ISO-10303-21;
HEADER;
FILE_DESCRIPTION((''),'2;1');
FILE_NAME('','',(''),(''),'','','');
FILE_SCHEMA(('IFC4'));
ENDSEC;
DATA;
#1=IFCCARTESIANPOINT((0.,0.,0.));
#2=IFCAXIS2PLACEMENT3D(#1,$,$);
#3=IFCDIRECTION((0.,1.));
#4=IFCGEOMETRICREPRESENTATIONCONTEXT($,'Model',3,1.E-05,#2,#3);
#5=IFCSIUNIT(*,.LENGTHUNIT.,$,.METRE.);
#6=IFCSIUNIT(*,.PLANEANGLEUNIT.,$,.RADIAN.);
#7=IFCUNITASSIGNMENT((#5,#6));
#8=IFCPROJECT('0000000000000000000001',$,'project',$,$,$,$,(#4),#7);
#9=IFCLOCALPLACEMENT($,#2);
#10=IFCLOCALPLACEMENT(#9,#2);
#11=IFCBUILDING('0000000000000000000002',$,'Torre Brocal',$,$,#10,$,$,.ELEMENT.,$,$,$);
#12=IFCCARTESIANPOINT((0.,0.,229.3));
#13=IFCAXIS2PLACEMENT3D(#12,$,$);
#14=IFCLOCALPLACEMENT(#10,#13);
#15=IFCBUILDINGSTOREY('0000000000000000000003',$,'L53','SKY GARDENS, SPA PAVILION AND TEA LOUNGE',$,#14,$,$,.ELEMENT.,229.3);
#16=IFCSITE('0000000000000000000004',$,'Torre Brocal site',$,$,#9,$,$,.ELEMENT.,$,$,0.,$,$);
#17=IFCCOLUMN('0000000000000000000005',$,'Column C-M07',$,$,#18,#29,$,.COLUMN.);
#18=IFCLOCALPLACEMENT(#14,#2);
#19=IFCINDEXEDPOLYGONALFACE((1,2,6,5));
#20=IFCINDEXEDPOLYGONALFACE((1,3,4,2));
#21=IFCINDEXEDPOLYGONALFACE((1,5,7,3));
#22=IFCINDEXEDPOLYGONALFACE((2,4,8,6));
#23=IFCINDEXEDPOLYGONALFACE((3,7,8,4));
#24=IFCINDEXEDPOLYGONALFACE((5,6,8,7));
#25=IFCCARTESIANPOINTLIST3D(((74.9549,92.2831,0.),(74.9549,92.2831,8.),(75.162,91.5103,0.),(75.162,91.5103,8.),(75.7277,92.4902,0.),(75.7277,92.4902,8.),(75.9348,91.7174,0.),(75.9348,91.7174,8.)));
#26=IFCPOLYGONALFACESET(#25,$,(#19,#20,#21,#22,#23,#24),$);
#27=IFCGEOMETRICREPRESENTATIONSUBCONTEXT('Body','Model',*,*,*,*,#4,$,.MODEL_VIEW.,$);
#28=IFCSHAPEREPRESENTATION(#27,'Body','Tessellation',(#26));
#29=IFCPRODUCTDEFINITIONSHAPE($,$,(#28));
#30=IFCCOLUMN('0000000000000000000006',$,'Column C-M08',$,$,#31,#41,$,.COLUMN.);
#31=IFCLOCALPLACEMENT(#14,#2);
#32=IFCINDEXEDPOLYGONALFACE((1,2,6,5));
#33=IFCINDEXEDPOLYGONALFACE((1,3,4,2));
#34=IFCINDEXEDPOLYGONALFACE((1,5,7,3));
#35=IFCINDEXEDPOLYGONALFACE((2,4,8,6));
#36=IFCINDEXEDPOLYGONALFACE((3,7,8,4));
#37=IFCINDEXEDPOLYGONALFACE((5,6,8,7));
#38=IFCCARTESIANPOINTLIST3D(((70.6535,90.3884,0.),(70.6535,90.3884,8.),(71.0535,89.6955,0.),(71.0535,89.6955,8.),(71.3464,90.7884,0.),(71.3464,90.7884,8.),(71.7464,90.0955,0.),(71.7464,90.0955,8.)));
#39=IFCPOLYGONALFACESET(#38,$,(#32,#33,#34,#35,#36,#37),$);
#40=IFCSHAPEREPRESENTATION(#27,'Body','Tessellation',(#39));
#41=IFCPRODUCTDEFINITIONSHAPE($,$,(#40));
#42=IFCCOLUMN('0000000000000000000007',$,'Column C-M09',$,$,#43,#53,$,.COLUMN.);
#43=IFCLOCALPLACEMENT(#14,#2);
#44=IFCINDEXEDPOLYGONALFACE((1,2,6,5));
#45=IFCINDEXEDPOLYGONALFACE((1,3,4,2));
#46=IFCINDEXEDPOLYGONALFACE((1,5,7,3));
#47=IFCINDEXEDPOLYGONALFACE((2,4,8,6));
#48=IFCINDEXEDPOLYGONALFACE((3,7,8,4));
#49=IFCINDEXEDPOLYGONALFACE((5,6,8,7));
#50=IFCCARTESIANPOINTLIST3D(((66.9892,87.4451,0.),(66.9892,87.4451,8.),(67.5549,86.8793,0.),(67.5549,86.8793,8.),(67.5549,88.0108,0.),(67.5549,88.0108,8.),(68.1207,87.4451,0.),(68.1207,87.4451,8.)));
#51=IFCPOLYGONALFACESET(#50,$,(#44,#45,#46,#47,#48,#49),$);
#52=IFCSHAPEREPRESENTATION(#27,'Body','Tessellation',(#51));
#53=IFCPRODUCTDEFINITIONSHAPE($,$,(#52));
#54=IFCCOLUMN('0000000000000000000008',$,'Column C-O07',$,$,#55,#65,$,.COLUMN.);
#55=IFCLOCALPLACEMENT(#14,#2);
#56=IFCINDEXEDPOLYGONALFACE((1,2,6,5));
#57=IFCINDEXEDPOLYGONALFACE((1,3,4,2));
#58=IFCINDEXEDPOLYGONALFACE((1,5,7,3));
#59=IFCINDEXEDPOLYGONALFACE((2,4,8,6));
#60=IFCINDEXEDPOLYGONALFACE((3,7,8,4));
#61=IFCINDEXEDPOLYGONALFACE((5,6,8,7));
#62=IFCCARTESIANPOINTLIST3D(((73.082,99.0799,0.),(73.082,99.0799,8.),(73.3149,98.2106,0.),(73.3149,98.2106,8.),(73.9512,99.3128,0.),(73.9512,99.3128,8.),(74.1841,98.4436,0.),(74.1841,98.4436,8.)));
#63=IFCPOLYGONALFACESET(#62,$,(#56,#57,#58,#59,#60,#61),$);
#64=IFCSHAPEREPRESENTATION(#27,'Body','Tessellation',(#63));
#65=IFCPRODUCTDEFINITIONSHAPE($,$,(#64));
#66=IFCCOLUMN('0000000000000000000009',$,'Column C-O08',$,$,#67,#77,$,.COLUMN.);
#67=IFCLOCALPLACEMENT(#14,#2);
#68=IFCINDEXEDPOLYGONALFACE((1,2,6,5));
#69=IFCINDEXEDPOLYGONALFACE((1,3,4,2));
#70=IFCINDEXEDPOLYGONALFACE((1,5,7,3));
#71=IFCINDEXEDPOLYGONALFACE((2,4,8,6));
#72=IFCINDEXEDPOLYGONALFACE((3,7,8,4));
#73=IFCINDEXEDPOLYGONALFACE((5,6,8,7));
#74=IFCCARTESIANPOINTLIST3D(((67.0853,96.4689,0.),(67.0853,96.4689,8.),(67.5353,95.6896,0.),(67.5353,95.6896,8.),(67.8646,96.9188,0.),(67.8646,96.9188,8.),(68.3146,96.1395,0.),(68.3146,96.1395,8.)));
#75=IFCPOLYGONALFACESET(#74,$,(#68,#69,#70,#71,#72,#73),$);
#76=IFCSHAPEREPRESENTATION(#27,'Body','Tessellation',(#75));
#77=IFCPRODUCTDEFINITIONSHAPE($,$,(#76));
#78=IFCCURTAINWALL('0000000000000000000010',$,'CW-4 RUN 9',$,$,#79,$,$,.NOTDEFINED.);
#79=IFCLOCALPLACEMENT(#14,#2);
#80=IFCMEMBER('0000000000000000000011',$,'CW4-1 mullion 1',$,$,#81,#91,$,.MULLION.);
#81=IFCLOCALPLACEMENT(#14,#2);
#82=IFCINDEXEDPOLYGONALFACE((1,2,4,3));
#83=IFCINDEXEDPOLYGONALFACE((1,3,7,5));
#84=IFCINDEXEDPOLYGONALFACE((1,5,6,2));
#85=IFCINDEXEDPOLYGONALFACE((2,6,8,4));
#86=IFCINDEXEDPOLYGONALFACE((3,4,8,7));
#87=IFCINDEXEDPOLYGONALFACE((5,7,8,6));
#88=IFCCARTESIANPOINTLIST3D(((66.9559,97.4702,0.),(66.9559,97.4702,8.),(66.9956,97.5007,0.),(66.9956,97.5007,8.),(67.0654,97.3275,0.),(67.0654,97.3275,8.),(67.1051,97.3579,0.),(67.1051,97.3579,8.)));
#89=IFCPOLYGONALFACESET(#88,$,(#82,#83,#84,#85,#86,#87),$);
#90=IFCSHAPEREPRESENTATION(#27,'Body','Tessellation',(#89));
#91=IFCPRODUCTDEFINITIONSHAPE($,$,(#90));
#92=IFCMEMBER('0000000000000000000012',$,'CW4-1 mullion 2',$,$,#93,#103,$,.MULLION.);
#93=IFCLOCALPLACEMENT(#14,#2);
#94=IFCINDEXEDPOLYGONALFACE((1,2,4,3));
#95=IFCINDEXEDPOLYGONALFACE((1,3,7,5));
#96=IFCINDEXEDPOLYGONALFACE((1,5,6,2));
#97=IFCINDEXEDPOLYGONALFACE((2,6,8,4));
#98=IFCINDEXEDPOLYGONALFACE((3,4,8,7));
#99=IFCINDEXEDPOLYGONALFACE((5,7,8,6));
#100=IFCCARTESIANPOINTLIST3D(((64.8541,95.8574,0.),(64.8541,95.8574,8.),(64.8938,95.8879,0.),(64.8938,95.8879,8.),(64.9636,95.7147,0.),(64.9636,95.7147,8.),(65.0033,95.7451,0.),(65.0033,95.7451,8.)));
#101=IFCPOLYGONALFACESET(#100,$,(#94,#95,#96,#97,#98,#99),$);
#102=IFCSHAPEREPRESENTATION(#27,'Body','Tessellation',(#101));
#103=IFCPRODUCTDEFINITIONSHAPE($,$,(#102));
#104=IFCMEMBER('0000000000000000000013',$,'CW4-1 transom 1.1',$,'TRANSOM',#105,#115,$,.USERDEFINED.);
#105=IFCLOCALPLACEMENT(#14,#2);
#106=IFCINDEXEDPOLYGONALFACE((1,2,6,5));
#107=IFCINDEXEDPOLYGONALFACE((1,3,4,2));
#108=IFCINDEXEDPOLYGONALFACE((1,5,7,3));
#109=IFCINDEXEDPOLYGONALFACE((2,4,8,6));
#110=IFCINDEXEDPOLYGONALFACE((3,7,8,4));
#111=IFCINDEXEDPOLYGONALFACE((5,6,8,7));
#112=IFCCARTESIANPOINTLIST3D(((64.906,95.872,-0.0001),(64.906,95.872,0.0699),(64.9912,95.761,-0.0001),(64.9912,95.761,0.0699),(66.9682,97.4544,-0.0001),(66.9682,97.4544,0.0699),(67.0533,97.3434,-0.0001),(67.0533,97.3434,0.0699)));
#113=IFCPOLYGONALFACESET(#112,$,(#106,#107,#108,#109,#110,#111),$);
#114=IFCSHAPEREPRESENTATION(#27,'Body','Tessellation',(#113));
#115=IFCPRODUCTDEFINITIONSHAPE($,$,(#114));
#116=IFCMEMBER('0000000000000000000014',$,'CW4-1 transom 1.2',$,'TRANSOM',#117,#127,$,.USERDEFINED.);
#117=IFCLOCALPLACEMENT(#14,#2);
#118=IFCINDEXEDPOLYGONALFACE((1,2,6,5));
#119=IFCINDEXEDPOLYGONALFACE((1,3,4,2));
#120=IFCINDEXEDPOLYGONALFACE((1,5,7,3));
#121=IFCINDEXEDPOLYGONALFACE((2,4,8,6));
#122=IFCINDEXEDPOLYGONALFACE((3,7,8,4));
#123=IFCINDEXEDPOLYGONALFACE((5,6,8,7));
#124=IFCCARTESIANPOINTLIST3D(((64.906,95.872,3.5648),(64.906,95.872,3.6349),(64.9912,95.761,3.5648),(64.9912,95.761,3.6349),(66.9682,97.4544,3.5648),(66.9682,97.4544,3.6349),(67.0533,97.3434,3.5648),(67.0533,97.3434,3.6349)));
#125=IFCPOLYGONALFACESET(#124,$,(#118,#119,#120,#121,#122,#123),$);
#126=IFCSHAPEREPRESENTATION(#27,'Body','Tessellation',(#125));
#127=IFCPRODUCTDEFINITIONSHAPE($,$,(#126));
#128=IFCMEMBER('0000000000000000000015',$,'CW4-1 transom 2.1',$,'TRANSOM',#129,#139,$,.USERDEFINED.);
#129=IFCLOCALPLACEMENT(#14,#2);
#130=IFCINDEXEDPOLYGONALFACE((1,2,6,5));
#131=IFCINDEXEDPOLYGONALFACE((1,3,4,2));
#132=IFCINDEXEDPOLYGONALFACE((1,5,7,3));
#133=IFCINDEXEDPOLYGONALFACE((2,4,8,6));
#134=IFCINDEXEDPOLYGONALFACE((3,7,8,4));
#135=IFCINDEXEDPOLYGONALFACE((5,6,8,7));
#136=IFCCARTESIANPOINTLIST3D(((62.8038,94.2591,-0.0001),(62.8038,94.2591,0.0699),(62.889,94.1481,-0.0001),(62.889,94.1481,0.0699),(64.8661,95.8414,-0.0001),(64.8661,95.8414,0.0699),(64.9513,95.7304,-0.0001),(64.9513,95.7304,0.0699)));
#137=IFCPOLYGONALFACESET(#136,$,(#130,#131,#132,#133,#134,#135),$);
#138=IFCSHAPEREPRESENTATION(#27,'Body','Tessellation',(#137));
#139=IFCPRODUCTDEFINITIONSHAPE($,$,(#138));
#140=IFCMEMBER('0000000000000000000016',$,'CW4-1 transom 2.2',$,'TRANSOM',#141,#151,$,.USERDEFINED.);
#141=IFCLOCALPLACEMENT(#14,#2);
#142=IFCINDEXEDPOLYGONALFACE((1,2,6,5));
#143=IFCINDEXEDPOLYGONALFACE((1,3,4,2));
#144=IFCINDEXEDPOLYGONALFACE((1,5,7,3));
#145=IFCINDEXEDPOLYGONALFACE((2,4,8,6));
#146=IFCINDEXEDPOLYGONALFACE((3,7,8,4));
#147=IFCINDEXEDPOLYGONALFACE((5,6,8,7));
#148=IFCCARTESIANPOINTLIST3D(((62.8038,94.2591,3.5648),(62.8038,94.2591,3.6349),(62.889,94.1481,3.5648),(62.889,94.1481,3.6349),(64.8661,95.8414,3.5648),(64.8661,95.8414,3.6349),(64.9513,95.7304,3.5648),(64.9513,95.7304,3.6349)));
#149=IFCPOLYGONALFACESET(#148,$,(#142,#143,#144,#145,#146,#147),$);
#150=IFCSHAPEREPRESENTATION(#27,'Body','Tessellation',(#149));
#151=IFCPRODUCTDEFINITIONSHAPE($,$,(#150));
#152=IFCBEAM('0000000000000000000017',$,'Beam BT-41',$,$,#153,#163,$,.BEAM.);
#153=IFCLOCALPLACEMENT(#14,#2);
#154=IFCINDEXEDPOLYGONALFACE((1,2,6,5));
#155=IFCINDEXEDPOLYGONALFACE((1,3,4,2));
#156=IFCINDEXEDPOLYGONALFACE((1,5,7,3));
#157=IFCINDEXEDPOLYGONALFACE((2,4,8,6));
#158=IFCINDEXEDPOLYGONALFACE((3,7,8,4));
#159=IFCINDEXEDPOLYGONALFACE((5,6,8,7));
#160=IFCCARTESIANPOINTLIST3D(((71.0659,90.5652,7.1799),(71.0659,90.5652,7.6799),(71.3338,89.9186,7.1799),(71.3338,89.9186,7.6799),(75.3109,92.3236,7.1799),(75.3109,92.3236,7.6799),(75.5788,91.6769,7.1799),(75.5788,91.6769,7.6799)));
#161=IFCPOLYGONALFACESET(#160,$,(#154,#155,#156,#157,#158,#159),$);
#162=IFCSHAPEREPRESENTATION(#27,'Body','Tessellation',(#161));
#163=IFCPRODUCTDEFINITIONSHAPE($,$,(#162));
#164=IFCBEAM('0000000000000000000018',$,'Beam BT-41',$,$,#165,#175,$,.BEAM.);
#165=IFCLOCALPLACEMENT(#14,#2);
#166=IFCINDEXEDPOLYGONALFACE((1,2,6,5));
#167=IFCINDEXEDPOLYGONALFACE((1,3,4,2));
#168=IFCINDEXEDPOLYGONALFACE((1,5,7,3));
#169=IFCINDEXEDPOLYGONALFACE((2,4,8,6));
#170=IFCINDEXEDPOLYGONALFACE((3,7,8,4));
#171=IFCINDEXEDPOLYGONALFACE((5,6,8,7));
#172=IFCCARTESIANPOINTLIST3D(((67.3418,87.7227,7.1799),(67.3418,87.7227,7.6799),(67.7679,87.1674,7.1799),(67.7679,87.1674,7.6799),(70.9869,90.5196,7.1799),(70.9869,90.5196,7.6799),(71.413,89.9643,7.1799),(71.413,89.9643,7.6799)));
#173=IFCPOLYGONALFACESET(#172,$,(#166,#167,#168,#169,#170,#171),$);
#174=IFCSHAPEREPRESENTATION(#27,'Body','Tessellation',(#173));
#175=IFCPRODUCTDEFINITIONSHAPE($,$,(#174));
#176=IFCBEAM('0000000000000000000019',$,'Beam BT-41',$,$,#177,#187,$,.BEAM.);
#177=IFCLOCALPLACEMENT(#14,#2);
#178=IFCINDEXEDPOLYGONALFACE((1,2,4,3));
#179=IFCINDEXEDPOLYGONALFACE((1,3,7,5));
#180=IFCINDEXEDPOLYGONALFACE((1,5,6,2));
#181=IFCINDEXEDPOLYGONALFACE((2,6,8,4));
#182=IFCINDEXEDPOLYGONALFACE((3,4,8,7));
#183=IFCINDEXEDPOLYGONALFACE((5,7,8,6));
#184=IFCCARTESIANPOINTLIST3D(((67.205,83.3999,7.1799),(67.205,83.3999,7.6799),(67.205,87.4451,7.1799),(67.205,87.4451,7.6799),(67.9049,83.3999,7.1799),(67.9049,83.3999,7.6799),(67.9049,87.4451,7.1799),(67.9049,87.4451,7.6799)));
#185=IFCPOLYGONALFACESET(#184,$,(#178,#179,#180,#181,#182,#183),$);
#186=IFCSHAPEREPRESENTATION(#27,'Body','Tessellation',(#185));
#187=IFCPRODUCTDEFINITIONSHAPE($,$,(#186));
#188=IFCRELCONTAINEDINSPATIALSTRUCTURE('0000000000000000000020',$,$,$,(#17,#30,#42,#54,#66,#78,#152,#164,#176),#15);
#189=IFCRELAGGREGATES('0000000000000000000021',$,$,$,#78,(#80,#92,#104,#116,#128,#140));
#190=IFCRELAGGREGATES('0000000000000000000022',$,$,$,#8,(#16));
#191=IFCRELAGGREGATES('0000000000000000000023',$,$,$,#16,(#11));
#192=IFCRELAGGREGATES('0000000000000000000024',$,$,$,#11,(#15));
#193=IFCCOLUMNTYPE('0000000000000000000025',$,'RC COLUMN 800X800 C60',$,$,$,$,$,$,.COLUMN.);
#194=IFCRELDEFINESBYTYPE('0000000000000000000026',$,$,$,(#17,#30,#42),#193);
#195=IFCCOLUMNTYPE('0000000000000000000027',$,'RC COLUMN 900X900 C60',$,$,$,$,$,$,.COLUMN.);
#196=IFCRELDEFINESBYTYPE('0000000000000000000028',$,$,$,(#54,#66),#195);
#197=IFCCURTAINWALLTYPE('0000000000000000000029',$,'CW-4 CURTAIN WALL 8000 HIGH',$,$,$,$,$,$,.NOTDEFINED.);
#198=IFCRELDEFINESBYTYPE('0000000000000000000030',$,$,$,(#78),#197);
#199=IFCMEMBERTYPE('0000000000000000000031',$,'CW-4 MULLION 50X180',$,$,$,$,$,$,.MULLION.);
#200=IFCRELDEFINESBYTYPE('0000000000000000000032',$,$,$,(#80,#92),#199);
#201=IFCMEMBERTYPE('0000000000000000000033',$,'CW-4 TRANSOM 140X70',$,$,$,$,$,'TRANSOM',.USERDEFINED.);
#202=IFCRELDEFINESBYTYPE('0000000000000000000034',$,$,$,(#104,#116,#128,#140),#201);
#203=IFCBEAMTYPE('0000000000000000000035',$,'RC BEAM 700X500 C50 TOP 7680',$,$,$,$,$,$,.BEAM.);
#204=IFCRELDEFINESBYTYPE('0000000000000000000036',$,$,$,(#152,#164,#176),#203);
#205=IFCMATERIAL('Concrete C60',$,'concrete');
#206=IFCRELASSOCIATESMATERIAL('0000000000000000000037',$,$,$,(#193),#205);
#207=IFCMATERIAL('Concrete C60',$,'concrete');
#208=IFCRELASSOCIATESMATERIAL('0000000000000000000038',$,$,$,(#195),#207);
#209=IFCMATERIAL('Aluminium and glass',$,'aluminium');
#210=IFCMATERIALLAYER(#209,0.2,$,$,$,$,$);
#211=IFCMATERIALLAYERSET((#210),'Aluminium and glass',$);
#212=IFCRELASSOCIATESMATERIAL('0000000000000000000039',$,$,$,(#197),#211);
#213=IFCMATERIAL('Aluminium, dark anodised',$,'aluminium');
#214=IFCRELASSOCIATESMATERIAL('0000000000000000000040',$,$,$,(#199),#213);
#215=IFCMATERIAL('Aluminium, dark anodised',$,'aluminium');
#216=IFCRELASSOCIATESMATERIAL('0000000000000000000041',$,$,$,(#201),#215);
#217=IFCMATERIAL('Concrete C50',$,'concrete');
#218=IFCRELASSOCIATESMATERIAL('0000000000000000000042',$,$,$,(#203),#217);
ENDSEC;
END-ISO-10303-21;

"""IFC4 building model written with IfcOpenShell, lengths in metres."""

from ifc_helpers import new_model, si_unit, direction, frame, origin, origin_2d, place, context, subcontext, project, spatial, rectangle, extrude, material, layer, layer_set, material_profile, profile_set, type_object, element, aggregate, save


model = new_model("IFC4")

# Units and contexts
model_context = context("Model", 3, precision=1e-05, world=origin(), true_north=direction((0.0, 1.0)))
body_context = subcontext(model_context, "Body", "Model", "MODEL_VIEW")
ifc_project = project(units=[si_unit("LENGTHUNIT", "METRE"), si_unit("PLANEANGLEUNIT", "RADIAN")], contexts=[model_context])

# Site, building, storey
site_placement = place(None, origin())
site = spatial("IfcSite", under=ifc_project, at=site_placement, Name="Torre Brocal site", CompositionType="ELEMENT", RefElevation=0.0)
building_placement = place(site_placement, origin())
building = spatial("IfcBuilding", under=site, at=building_placement, Name="Torre Brocal", CompositionType="ELEMENT")
storey_placement = place(building_placement, frame((0.0, 0.0, 229.3)))
storey = spatial("IfcBuildingStorey", under=building, at=storey_placement, Name="L53", Description="SKY GARDENS, SPA PAVILION AND TEA LOUNGE", CompositionType="ELEMENT", Elevation=229.3)

# Columns
ifc_material_1 = material(Name="Concrete C60", Category="concrete")
ifc_material_profile_1 = material_profile(ifc_material_1, rectangle(XDim=0.8, YDim=0.8, at=origin_2d()), Name="RC 800X800")
ifc_profile_set_1 = profile_set([ifc_material_profile_1], Name="Concrete C60")
column_type_1 = type_object("IfcColumnType", Name="RC COLUMN 800X800 C60", PredefinedType="COLUMN", material=ifc_profile_set_1)
for number, where, z_axis, x_axis, name in (
    (1, (75.4448, 92.0002, 0.0), (0.0, 0.0, 1.0), (-0.258819, 0.965926, 0.0), "Column C-M07"),
    (2, (71.2, 90.2419, 0.0), (0.0, 0.0, 1.0), (-0.5, 0.866025, 0.0), "Column C-M08"),
    (3, (67.5549, 87.4451, 0.0), (0.0, 0.0, 1.0), (-0.707107, 0.707107, 0.0), "Column C-M09"),
):
    element("IfcColumn", number, at=place(storey_placement, frame(where, z_axis=z_axis, x_axis=x_axis)), inside=storey, type_object=column_type_1, Name=name, PredefinedType="COLUMN", context=body_context, shape_type="SweptSolid", body=[
        extrude(rectangle(XDim=0.8, YDim=0.8, at=origin_2d()), origin(), (0.0, 0.0, 1.0), 8.0),
    ])
ifc_material_2 = material(Name="Concrete C60", Category="concrete")
ifc_material_profile_2 = material_profile(ifc_material_2, rectangle(XDim=0.8999, YDim=0.8999, at=origin_2d()), Name="RC 900X900")
ifc_profile_set_2 = profile_set([ifc_material_profile_2], Name="Concrete C60")
column_type_2 = type_object("IfcColumnType", Name="RC COLUMN 900X900 C60", PredefinedType="COLUMN", material=ifc_profile_set_2)
for number, where, z_axis, x_axis, name in (
    (4, (73.6331, 98.7617, 0.0), (0.0, 0.0, 1.0), (-0.258819, 0.965926, 0.0), "Column C-O07"),
    (5, (67.7, 96.3042, 0.0), (0.0, 0.0, 1.0), (-0.5, 0.866025, 0.0), "Column C-O08"),
):
    element("IfcColumn", number, at=place(storey_placement, frame(where, z_axis=z_axis, x_axis=x_axis)), inside=storey, type_object=column_type_2, Name=name, PredefinedType="COLUMN", context=body_context, shape_type="SweptSolid", body=[
        extrude(rectangle(XDim=0.8999, YDim=0.8999, at=origin_2d()), origin(), (0.0, 0.0, 1.0), 8.0),
    ])

# Curtain wall, members
ifc_material_3 = material(Name="Aluminium and glass", Category="aluminium")
ifc_layer_1 = layer(ifc_material_3, 0.2)
ifc_layer_set_1 = layer_set([ifc_layer_1], Name="Aluminium and glass")
curtain_wall_type = type_object("IfcCurtainWallType", Name="CW-4 CURTAIN WALL 8000 HIGH", PredefinedType="NOTDEFINED", material=ifc_layer_set_1)
curtain_wall_placement = place(storey_placement, origin())
curtain_wall = element("IfcCurtainWall", 6, at=curtain_wall_placement, inside=storey, type_object=curtain_wall_type, Name="CW-4 RUN 9", PredefinedType="NOTDEFINED")
ifc_material_4 = material(Name="Aluminium, dark anodised", Category="aluminium")
ifc_material_profile_3 = material_profile(ifc_material_4, rectangle(XDim=0.1799, YDim=0.05, at=origin_2d()), Name="CW-4 MULLION 50X180")
ifc_profile_set_3 = profile_set([ifc_material_profile_3], Name="Aluminium, dark anodised")
member_type_1 = type_object("IfcMemberType", Name="CW-4 MULLION 50X180", PredefinedType="MULLION", material=ifc_profile_set_3)
member_1_placement = place(storey_placement, frame((67.0305, 97.4141, 0.0), z_axis=(0.0, 0.0, 1.0), x_axis=(0.608761, -0.793353, 0.0)))
member_1 = element("IfcMember", 7, at=member_1_placement, type_object=member_type_1, Name="CW4-1 mullion 1", PredefinedType="MULLION", context=body_context, shape_type="SweptSolid", body=[
    extrude(rectangle(XDim=0.1799, YDim=0.05, at=origin_2d()), origin(), (0.0, 0.0, 1.0), 8.0),
])
member_2_placement = place(storey_placement, frame((64.9287, 95.8013, 0.0), z_axis=(0.0, 0.0, 1.0), x_axis=(0.608761, -0.793353, 0.0)))
member_2 = element("IfcMember", 8, at=member_2_placement, type_object=member_type_1, Name="CW4-1 mullion 2", PredefinedType="MULLION", context=body_context, shape_type="SweptSolid", body=[
    extrude(rectangle(XDim=0.1799, YDim=0.05, at=origin_2d()), origin(), (0.0, 0.0, 1.0), 8.0),
])
ifc_material_5 = material(Name="Aluminium, dark anodised", Category="aluminium")
ifc_material_profile_4 = material_profile(ifc_material_5, rectangle(XDim=0.1399, YDim=0.0701, at=origin_2d()), Name="CW-4 TRANSOM 140X70")
ifc_profile_set_4 = profile_set([ifc_material_profile_4], Name="Aluminium, dark anodised")
member_type_2 = type_object("IfcMemberType", Name="CW-4 TRANSOM 140X70", ElementType="TRANSOM", PredefinedType="USERDEFINED", material=ifc_profile_set_4)
member_3_placement = place(storey_placement, frame((67.0107, 97.3989, 0.0349), z_axis=(-0.793336, -0.608784, 0.0), x_axis=(0.608784, -0.793336, 0.0)))
member_3 = element("IfcMember", 9, at=member_3_placement, type_object=member_type_2, Name="CW4-1 transom 1.1", ObjectType="TRANSOM", PredefinedType="USERDEFINED", context=body_context, shape_type="SweptSolid", body=[
    extrude(rectangle(XDim=0.1399, YDim=0.0701, at=origin_2d()), origin(), (0.0, 0.0, 1.0), 2.5994),
])
member_4_placement = place(storey_placement, frame((67.0107, 97.3989, 3.5999), z_axis=(-0.793336, -0.608784, 0.0), x_axis=(0.608784, -0.793336, 0.0)))
member_4 = element("IfcMember", 10, at=member_4_placement, type_object=member_type_2, Name="CW4-1 transom 1.2", ObjectType="TRANSOM", PredefinedType="USERDEFINED", context=body_context, shape_type="SweptSolid", body=[
    extrude(rectangle(XDim=0.1399, YDim=0.0701, at=origin_2d()), origin(), (0.0, 0.0, 1.0), 2.5994),
])
member_5_placement = place(storey_placement, frame((64.9087, 95.7859, 0.0349), z_axis=(-0.793381, -0.608725, 0.0), x_axis=(0.608725, -0.793381, 0.0)))
member_5 = element("IfcMember", 11, at=member_5_placement, type_object=member_type_2, Name="CW4-1 transom 2.1", ObjectType="TRANSOM", PredefinedType="USERDEFINED", context=body_context, shape_type="SweptSolid", body=[
    extrude(rectangle(XDim=0.1399, YDim=0.0701, at=origin_2d()), origin(), (0.0, 0.0, 1.0), 2.5994),
])
member_6_placement = place(storey_placement, frame((64.9087, 95.7859, 3.5999), z_axis=(-0.793381, -0.608725, 0.0), x_axis=(0.608725, -0.793381, 0.0)))
member_6 = element("IfcMember", 12, at=member_6_placement, type_object=member_type_2, Name="CW4-1 transom 2.2", ObjectType="TRANSOM", PredefinedType="USERDEFINED", context=body_context, shape_type="SweptSolid", body=[
    extrude(rectangle(XDim=0.1399, YDim=0.0701, at=origin_2d()), origin(), (0.0, 0.0, 1.0), 2.5994),
])

# Beams
ifc_material_6 = material(Name="Concrete C50", Category="concrete")
ifc_material_profile_5 = material_profile(ifc_material_6, rectangle(XDim=0.7, YDim=0.5, at=origin_2d()), Name="RC 700X500")
ifc_profile_set_5 = profile_set([ifc_material_profile_5], Name="Concrete C50")
beam_type_1 = type_object("IfcBeamType", Name="RC BEAM 700X500 C50 TOP 7680", PredefinedType="BEAM", material=ifc_profile_set_5)
beam_1_placement = place(storey_placement, frame((75.4448, 92.0002, 7.4299), z_axis=(-0.923878, -0.382687, 0.0), x_axis=(0.382687, -0.923878, 0.0)))
element("IfcBeam", 13, at=beam_1_placement, inside=storey, type_object=beam_type_1, Name="Beam BT-41", PredefinedType="BEAM", context=body_context, shape_type="SweptSolid", body=[
    extrude(rectangle(XDim=0.7, YDim=0.5, at=origin_2d()), origin(), (0.0, 0.0, 1.0), 4.5947),
])
beam_2_placement = place(storey_placement, frame((71.2, 90.2419, 7.4299), z_axis=(-0.793358, -0.608755, 0.0), x_axis=(0.608755, -0.793358, 0.0)))
element("IfcBeam", 14, at=beam_2_placement, inside=storey, type_object=beam_type_1, Name="Beam BT-41", PredefinedType="BEAM", context=body_context, shape_type="SweptSolid", body=[
    extrude(rectangle(XDim=0.7, YDim=0.5, at=origin_2d()), origin(), (0.0, 0.0, 1.0), 4.5945),
])
beam_3_placement = place(storey_placement, frame((67.5549, 87.4451, 7.4299), z_axis=(0.0, -1.0, 0.0), x_axis=(1.0, 0.0, 0.0)))
element("IfcBeam", 15, at=beam_3_placement, inside=storey, type_object=beam_type_1, Name="Beam BT-41", PredefinedType="BEAM", context=body_context, shape_type="SweptSolid", body=[
    extrude(rectangle(XDim=0.7, YDim=0.5, at=origin_2d()), origin(), (0.0, 0.0, 1.0), 4.0452),
])

aggregate(curtain_wall, [member_1, member_2, member_3, member_4, member_5, member_6])

save(model, "model.ifc")
